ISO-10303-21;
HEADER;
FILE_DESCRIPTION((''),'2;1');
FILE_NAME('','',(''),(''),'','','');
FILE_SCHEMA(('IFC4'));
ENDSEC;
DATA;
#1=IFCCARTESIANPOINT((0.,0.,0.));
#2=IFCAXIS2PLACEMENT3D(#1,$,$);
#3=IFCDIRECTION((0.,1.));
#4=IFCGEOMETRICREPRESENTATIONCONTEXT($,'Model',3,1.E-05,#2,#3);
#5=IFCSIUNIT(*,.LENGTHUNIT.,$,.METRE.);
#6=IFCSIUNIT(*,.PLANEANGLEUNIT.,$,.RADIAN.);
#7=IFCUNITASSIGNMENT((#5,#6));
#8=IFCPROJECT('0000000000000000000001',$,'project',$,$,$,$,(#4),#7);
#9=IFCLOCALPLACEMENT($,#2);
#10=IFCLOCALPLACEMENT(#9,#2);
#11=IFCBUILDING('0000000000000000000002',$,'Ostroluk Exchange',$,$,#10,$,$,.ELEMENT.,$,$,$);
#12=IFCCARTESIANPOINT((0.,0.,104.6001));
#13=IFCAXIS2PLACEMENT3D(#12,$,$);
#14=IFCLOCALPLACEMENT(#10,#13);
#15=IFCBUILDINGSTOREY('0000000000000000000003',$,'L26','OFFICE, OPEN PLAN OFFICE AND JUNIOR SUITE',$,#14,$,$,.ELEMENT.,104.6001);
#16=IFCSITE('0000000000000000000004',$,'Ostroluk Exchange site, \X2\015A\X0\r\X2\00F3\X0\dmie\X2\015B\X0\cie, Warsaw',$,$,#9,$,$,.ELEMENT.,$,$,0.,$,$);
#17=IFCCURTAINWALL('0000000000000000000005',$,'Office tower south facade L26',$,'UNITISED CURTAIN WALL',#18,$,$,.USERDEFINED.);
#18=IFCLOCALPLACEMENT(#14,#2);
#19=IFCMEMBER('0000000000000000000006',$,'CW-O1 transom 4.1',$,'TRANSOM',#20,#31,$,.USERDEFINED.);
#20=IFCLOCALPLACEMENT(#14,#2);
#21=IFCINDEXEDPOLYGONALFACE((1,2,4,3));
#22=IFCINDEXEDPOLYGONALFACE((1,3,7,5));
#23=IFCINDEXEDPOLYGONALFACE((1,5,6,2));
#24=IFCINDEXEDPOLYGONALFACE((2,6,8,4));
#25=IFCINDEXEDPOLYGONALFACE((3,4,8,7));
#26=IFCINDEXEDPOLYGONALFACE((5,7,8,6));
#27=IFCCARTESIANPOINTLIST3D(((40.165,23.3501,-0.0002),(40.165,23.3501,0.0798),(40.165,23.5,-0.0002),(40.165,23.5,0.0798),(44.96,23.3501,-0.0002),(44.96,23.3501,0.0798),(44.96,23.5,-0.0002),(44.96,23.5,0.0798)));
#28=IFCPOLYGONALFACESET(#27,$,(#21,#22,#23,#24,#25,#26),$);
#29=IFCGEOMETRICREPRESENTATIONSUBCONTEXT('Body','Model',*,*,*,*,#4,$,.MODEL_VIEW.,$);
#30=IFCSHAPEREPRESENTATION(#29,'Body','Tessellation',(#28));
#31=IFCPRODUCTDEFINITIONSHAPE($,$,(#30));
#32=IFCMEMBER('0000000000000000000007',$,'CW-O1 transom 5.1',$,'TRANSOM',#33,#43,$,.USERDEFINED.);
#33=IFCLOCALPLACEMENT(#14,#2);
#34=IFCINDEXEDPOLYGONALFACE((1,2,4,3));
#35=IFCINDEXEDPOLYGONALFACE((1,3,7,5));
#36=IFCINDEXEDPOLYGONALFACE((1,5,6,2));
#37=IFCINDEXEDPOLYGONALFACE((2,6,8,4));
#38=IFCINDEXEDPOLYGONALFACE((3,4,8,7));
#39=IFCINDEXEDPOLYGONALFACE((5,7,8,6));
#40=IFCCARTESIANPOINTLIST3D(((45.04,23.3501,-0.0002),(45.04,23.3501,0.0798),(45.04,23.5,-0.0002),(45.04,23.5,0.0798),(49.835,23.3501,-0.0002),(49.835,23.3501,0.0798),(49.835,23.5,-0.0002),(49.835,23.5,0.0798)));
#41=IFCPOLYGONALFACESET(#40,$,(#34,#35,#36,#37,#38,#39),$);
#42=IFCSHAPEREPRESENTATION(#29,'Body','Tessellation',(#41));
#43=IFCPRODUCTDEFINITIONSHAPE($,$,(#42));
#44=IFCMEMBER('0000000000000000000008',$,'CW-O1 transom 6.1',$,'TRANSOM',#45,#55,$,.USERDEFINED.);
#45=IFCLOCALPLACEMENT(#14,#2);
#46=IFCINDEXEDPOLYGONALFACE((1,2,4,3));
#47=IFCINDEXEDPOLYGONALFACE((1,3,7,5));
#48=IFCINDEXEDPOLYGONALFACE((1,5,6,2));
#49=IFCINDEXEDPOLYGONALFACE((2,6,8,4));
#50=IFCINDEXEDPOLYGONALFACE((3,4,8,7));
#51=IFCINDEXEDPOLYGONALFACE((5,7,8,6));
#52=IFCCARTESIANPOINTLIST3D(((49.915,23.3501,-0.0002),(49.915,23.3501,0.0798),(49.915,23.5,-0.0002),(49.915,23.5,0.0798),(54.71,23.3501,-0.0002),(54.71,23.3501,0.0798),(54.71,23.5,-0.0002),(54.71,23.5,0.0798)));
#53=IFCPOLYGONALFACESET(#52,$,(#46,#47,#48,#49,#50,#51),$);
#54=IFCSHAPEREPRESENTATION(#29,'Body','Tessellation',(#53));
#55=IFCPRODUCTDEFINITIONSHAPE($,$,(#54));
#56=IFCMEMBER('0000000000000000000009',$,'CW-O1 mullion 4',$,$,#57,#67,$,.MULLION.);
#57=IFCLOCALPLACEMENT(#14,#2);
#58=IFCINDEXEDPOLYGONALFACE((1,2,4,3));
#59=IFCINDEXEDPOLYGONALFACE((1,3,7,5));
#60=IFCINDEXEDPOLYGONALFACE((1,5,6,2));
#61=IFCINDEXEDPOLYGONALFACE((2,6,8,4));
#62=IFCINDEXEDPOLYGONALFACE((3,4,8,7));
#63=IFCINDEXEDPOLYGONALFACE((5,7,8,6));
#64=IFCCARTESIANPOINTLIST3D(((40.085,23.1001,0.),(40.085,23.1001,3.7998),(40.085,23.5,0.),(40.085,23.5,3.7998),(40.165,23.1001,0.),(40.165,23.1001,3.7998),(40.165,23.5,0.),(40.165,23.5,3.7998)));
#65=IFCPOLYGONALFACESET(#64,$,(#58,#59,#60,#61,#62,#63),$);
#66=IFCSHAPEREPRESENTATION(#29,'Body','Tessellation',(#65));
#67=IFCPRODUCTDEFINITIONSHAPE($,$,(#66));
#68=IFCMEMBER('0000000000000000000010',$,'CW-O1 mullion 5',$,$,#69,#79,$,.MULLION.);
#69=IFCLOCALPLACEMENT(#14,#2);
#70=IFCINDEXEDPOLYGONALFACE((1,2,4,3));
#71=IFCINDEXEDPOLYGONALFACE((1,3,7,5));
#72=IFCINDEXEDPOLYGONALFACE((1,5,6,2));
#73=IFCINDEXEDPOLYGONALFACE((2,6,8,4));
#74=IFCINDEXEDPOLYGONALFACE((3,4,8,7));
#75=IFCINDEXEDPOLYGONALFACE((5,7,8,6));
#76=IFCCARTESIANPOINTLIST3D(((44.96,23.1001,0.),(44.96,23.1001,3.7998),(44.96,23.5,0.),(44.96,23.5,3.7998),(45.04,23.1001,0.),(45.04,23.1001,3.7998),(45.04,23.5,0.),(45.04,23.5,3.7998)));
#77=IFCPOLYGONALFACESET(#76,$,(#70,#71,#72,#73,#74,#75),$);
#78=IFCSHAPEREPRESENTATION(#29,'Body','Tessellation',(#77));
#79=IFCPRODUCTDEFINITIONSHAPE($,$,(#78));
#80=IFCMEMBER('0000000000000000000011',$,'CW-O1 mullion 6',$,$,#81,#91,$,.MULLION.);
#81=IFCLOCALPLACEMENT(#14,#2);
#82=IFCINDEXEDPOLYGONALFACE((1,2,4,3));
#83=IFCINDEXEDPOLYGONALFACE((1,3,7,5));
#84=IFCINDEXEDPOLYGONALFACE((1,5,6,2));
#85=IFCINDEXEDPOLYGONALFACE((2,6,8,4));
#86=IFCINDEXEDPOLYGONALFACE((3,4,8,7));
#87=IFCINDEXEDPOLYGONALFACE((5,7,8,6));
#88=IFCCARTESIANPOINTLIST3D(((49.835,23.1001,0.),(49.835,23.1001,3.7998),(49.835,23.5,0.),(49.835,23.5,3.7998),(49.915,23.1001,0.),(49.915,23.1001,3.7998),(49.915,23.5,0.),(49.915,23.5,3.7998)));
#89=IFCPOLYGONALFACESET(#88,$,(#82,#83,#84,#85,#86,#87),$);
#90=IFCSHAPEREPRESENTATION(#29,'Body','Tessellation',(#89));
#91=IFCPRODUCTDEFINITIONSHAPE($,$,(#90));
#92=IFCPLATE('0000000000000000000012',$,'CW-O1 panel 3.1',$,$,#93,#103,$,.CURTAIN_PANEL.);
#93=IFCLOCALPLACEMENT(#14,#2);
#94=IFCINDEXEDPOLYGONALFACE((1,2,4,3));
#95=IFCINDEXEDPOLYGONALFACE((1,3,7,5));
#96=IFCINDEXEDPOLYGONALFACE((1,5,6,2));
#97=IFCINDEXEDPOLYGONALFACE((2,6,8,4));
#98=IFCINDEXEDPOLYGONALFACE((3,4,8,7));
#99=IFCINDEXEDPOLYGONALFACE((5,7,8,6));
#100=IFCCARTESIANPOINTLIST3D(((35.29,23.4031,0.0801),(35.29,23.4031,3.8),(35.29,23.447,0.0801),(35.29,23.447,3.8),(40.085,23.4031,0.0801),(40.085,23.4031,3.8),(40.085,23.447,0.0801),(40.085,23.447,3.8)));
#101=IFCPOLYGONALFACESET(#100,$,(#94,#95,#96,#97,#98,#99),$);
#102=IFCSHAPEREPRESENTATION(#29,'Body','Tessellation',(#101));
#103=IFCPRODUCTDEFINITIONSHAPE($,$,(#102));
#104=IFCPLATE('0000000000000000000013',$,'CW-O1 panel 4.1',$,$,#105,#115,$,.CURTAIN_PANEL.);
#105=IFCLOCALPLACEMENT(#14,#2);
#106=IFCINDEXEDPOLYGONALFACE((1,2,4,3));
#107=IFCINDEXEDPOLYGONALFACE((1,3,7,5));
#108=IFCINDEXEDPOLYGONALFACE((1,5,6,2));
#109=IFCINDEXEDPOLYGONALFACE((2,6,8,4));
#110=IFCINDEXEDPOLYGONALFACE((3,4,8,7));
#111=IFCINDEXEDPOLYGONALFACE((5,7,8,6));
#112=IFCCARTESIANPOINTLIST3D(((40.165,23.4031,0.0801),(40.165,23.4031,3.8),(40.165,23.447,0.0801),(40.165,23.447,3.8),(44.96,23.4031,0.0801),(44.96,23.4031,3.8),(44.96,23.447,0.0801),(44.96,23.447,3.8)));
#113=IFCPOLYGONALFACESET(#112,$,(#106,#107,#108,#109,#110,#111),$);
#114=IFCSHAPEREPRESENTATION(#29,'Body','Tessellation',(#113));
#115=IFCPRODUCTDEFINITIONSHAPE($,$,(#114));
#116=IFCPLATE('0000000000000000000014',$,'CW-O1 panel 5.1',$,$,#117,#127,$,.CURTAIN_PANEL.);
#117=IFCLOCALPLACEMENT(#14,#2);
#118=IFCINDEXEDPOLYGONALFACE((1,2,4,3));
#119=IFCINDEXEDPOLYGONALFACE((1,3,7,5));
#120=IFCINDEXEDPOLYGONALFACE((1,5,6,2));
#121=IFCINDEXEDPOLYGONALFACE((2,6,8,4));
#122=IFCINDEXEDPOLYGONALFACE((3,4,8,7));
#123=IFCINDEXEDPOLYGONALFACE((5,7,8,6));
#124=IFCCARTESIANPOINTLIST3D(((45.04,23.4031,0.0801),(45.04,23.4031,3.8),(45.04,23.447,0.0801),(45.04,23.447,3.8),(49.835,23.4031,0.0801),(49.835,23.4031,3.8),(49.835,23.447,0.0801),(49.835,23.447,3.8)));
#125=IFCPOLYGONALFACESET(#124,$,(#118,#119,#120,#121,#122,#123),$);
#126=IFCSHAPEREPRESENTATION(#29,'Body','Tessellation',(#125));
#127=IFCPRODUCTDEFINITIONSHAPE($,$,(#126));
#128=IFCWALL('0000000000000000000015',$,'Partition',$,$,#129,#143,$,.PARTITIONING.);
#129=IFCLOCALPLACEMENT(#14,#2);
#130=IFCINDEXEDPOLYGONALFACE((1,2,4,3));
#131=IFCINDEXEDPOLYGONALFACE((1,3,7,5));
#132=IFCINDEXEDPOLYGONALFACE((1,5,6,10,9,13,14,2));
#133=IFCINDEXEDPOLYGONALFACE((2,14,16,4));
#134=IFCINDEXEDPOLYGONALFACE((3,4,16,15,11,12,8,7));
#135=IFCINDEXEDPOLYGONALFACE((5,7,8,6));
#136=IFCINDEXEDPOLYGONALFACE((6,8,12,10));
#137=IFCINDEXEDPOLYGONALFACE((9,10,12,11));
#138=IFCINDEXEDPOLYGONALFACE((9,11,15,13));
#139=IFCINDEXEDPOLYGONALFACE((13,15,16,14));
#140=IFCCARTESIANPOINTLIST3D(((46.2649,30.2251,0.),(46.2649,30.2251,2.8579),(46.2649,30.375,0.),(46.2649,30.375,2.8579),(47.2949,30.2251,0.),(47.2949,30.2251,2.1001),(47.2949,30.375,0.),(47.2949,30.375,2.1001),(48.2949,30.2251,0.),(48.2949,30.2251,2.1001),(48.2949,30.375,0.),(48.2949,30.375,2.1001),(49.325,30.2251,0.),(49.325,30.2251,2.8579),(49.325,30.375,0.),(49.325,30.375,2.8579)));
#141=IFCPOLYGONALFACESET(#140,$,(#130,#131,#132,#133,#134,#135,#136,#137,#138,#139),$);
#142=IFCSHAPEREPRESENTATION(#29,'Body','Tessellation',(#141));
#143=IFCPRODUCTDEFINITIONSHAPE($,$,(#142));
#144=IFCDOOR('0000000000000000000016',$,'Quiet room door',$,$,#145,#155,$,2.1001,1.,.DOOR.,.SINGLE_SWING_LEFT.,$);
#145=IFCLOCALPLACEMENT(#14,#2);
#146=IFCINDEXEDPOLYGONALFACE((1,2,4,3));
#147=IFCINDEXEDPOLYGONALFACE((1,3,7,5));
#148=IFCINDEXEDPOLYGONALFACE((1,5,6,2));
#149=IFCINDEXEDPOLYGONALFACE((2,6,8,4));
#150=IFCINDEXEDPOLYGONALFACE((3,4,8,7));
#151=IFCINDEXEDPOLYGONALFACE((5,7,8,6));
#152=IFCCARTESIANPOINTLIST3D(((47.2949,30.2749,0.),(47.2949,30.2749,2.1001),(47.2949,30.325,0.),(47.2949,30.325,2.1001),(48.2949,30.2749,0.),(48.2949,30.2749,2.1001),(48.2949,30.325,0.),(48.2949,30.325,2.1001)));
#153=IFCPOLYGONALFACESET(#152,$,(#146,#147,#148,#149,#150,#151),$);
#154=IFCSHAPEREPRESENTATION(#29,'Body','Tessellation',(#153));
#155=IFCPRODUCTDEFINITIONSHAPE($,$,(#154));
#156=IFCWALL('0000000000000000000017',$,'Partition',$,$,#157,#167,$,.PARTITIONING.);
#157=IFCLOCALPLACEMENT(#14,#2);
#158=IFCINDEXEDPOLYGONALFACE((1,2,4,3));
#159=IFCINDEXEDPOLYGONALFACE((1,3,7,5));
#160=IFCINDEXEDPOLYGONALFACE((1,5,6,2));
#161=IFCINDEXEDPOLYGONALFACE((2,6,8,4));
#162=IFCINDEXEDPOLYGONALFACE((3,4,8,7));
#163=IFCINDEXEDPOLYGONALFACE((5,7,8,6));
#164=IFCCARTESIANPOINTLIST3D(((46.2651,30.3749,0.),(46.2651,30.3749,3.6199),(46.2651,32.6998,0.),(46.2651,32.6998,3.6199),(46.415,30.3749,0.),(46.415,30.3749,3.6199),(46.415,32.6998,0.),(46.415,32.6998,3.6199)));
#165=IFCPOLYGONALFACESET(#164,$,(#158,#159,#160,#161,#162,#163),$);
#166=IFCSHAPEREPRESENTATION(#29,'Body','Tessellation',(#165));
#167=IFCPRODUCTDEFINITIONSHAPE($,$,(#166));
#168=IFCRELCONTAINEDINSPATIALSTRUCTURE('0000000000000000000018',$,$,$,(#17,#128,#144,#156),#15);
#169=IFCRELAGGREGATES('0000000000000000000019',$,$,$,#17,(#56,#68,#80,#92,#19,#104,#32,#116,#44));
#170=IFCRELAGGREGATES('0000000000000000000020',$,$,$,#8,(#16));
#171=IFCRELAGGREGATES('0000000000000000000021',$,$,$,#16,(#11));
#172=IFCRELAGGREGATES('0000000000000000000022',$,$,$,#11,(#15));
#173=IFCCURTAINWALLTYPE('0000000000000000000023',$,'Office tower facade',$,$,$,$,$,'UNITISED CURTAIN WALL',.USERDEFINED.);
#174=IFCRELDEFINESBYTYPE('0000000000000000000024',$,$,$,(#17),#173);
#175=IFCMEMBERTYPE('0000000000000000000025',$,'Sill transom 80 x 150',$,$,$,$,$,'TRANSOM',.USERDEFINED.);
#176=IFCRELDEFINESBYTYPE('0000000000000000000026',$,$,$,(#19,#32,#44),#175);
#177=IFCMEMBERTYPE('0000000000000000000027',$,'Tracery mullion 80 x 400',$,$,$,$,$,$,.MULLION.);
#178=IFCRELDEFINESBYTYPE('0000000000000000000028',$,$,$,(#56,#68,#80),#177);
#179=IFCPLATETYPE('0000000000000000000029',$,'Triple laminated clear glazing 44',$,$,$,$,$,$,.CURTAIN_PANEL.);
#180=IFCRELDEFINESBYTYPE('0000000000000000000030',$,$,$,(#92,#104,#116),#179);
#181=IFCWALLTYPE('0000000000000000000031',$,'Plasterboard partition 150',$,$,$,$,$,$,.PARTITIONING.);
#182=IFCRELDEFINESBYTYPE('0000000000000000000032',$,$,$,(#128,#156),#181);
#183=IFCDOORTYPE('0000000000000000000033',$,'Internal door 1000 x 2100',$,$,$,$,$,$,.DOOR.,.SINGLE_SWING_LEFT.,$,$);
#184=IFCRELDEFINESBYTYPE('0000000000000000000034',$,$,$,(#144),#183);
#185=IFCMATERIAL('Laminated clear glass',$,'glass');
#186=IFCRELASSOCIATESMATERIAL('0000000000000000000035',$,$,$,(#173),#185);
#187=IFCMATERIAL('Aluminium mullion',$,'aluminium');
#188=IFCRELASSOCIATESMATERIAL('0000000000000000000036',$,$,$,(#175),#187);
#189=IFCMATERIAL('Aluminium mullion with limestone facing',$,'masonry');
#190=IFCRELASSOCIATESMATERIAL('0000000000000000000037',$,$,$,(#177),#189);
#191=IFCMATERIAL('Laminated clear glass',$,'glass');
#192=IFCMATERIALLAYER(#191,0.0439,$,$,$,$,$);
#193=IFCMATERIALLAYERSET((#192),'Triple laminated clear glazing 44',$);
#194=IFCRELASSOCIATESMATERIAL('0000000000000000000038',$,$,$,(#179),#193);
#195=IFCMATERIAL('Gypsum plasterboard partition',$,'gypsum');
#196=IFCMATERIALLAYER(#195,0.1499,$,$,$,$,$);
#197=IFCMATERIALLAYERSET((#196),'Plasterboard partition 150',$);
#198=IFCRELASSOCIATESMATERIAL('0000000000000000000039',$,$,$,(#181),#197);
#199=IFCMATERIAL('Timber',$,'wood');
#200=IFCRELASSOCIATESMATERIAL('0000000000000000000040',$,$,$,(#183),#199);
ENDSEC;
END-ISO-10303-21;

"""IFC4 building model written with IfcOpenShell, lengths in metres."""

from ifc_helpers import new_model, si_unit, direction, frame, frame_2d, origin, origin_2d, place, context, subcontext, project, spatial, rectangle, extrude, material, layer, layer_set, material_profile, profile_set, type_object, element, fill, aggregate, save


model = new_model("IFC4")

# Units and contexts
model_context = context("Model", 3, precision=1e-05, world=origin(), true_north=direction((0.0, 1.0)))
body_context = subcontext(model_context, "Body", "Model", "MODEL_VIEW")
ifc_project = project(units=[si_unit("LENGTHUNIT", "METRE"), si_unit("PLANEANGLEUNIT", "RADIAN")], contexts=[model_context])

# Site, building, storey
site_placement = place(None, origin())
site = spatial("IfcSite", under=ifc_project, at=site_placement, Name="Ostroluk Exchange site, Śródmieście, Warsaw", CompositionType="ELEMENT", RefElevation=0.0)
building_placement = place(site_placement, origin())
building = spatial("IfcBuilding", under=site, at=building_placement, Name="Ostroluk Exchange", CompositionType="ELEMENT")
storey_placement = place(building_placement, frame((0.0, 0.0, 104.6001)))
storey = spatial("IfcBuildingStorey", under=building, at=storey_placement, Name="L26", Description="OFFICE, OPEN PLAN OFFICE AND JUNIOR SUITE", CompositionType="ELEMENT", Elevation=104.6001)

# Curtain wall, members, plates
ifc_material_1 = material(Name="Laminated clear glass", Category="glass")
curtain_wall_type = type_object("IfcCurtainWallType", Name="Office tower facade", ElementType="UNITISED CURTAIN WALL", PredefinedType="USERDEFINED", material=ifc_material_1)
curtain_wall_placement = place(storey_placement, origin())
curtain_wall = element("IfcCurtainWall", 1, at=curtain_wall_placement, inside=storey, type_object=curtain_wall_type, Name="Office tower south facade L26", ObjectType="UNITISED CURTAIN WALL", PredefinedType="USERDEFINED")
ifc_material_2 = material(Name="Aluminium mullion", Category="aluminium")
ifc_material_profile_1 = material_profile(ifc_material_2, rectangle(XDim=0.1499, YDim=0.0801, at=origin_2d()), Name="Sill transom 80 x 150")
ifc_profile_set_1 = profile_set([ifc_material_profile_1], Name="Aluminium mullion")
member_type_1 = type_object("IfcMemberType", Name="Sill transom 80 x 150", ElementType="TRANSOM", PredefinedType="USERDEFINED", material=ifc_profile_set_1)
member_1_placement = place(storey_placement, frame((40.165, 23.425, 0.0398), z_axis=(1.0, 0.0, 0.0), x_axis=(0.0, 1.0, 0.0)))
member_1 = element("IfcMember", 2, at=member_1_placement, type_object=member_type_1, Name="CW-O1 transom 4.1", ObjectType="TRANSOM", PredefinedType="USERDEFINED", context=body_context, shape_type="SweptSolid", body=[
    extrude(rectangle(XDim=0.1499, YDim=0.0801, at=origin_2d()), origin(), (0.0, 0.0, 1.0), 4.7949),
])
member_2_placement = place(storey_placement, frame((45.04, 23.425, 0.0398), z_axis=(1.0, 0.0, 0.0), x_axis=(0.0, 1.0, 0.0)))
member_2 = element("IfcMember", 3, at=member_2_placement, type_object=member_type_1, Name="CW-O1 transom 5.1", ObjectType="TRANSOM", PredefinedType="USERDEFINED", context=body_context, shape_type="SweptSolid", body=[
    extrude(rectangle(XDim=0.1499, YDim=0.0801, at=origin_2d()), origin(), (0.0, 0.0, 1.0), 4.7949),
])
member_3_placement = place(storey_placement, frame((49.915, 23.425, 0.0398), z_axis=(1.0, 0.0, 0.0), x_axis=(0.0, 1.0, 0.0)))
member_3 = element("IfcMember", 4, at=member_3_placement, type_object=member_type_1, Name="CW-O1 transom 6.1", ObjectType="TRANSOM", PredefinedType="USERDEFINED", context=body_context, shape_type="SweptSolid", body=[
    extrude(rectangle(XDim=0.1499, YDim=0.0801, at=origin_2d()), origin(), (0.0, 0.0, 1.0), 4.7949),
])
ifc_material_3 = material(Name="Aluminium mullion with limestone facing", Category="masonry")
ifc_material_profile_2 = material_profile(ifc_material_3, rectangle(XDim=0.3999, YDim=0.0801, at=origin_2d()), Name="Tracery mullion 80 x 400")
ifc_profile_set_2 = profile_set([ifc_material_profile_2], Name="Aluminium mullion with limestone facing")
member_type_2 = type_object("IfcMemberType", Name="Tracery mullion 80 x 400", PredefinedType="MULLION", material=ifc_profile_set_2)
member_4_placement = place(storey_placement, frame((40.125, 23.3, 0.0), z_axis=(0.0, 0.0, 1.0), x_axis=(0.0, 1.0, 0.0)))
member_4 = element("IfcMember", 5, at=member_4_placement, type_object=member_type_2, Name="CW-O1 mullion 4", PredefinedType="MULLION", context=body_context, shape_type="SweptSolid", body=[
    extrude(rectangle(XDim=0.3999, YDim=0.0801, at=origin_2d()), origin(), (0.0, 0.0, 1.0), 3.7998),
])
member_5_placement = place(storey_placement, frame((45.0, 23.3, 0.0), z_axis=(0.0, 0.0, 1.0), x_axis=(0.0, 1.0, 0.0)))
member_5 = element("IfcMember", 6, at=member_5_placement, type_object=member_type_2, Name="CW-O1 mullion 5", PredefinedType="MULLION", context=body_context, shape_type="SweptSolid", body=[
    extrude(rectangle(XDim=0.3999, YDim=0.0801, at=origin_2d()), origin(), (0.0, 0.0, 1.0), 3.7998),
])
member_6_placement = place(storey_placement, frame((49.875, 23.3, 0.0), z_axis=(0.0, 0.0, 1.0), x_axis=(0.0, 1.0, 0.0)))
member_6 = element("IfcMember", 7, at=member_6_placement, type_object=member_type_2, Name="CW-O1 mullion 6", PredefinedType="MULLION", context=body_context, shape_type="SweptSolid", body=[
    extrude(rectangle(XDim=0.3999, YDim=0.0801, at=origin_2d()), origin(), (0.0, 0.0, 1.0), 3.7998),
])
ifc_material_4 = material(Name="Laminated clear glass", Category="glass")
ifc_layer_1 = layer(ifc_material_4, 0.0439)
ifc_layer_set_1 = layer_set([ifc_layer_1], Name="Triple laminated clear glazing 44")
plate_type = type_object("IfcPlateType", Name="Triple laminated clear glazing 44", PredefinedType="CURTAIN_PANEL", material=ifc_layer_set_1)
plate_1_placement = place(storey_placement, frame((37.6875, 23.425, 0.0801), z_axis=(0.0, 0.0, 1.0), x_axis=(1.0, 0.0, 0.0)))
plate_1 = element("IfcPlate", 8, at=plate_1_placement, type_object=plate_type, Name="CW-O1 panel 3.1", PredefinedType="CURTAIN_PANEL", context=body_context, shape_type="SweptSolid", body=[
    extrude(rectangle(XDim=4.7949, YDim=0.0439, at=origin_2d()), origin(), (0.0, 0.0, 1.0), 3.72),
])
plate_2_placement = place(storey_placement, frame((42.5625, 23.425, 0.0801), z_axis=(0.0, 0.0, 1.0), x_axis=(1.0, 0.0, 0.0)))
plate_2 = element("IfcPlate", 9, at=plate_2_placement, type_object=plate_type, Name="CW-O1 panel 4.1", PredefinedType="CURTAIN_PANEL", context=body_context, shape_type="SweptSolid", body=[
    extrude(rectangle(XDim=4.7949, YDim=0.0439, at=origin_2d()), origin(), (0.0, 0.0, 1.0), 3.72),
])
plate_3_placement = place(storey_placement, frame((47.4375, 23.425, 0.0801), z_axis=(0.0, 0.0, 1.0), x_axis=(1.0, 0.0, 0.0)))
plate_3 = element("IfcPlate", 10, at=plate_3_placement, type_object=plate_type, Name="CW-O1 panel 5.1", PredefinedType="CURTAIN_PANEL", context=body_context, shape_type="SweptSolid", body=[
    extrude(rectangle(XDim=4.7949, YDim=0.0439, at=origin_2d()), origin(), (0.0, 0.0, 1.0), 3.72),
])
aggregate(curtain_wall, [member_4, member_5, member_6, plate_1, member_1, plate_2, member_2, plate_3, member_3])

# Wall, opening, door
ifc_material_5 = material(Name="Gypsum plasterboard partition", Category="gypsum")
ifc_layer_2 = layer(ifc_material_5, 0.1499)
ifc_layer_set_2 = layer_set([ifc_layer_2], Name="Plasterboard partition 150")
wall_type = type_object("IfcWallType", Name="Plasterboard partition 150", PredefinedType="PARTITIONING", material=ifc_layer_set_2)
wall_1_placement = place(storey_placement, frame((46.2649, 30.3, 0.0), z_axis=(0.0, 0.0, 1.0), x_axis=(1.0, 0.0, 0.0)))
wall_1 = element("IfcWall", 11, at=wall_1_placement, inside=storey, type_object=wall_type, Name="Partition", PredefinedType="PARTITIONING", context=body_context, shape_type="SweptSolid", body=[
    extrude(rectangle(XDim=3.0601, YDim=0.1499, at=frame_2d((1.53, 0.0))), origin(), (0.0, 0.0, 1.0), 2.8579),
])
opening_placement = place(wall_1_placement, frame((1.03, 0.0, 0.0)))
opening = element("IfcOpeningElement", 12, at=opening_placement, cuts=wall_1, PredefinedType="OPENING", context=body_context, shape_type="SweptSolid", body=[
    extrude(rectangle(XDim=1.0, YDim=2.1001, at=frame_2d((0.5, 1.05))), frame((0.0, 0.085, 0.0), z_axis=(0.0, -1.0, 0.0), x_axis=(1.0, 0.0, 0.0)), (0.0, 0.0, 1.0), 0.1699),
])
ifc_material_6 = material(Name="Timber", Category="wood")
door_type = type_object("IfcDoorType", Name="Internal door 1000 x 2100", OperationType="SINGLE_SWING_LEFT", PredefinedType="DOOR", material=ifc_material_6)
door_placement = place(opening_placement, origin())
door = element("IfcDoor", 13, at=door_placement, inside=storey, type_object=door_type, Name="Quiet room door", OperationType="SINGLE_SWING_LEFT", OverallHeight=2.1001, OverallWidth=1.0, PredefinedType="DOOR", context=body_context, shape_type="SweptSolid", body=[
    extrude(rectangle(XDim=1.0, YDim=2.1001, at=frame_2d((0.5, 1.05))), frame((0.0, 0.0249, 0.0), z_axis=(0.0, -1.0, 0.0), x_axis=(1.0, 0.0, 0.0)), (0.0, 0.0, 1.0), 0.05),
])
fill(opening, door)

# Wall
wall_2_placement = place(storey_placement, frame((46.3401, 32.7, 0.0), z_axis=(0.0, 0.0, 1.0), x_axis=(0.0, -1.0, 0.0)))
element("IfcWall", 14, at=wall_2_placement, inside=storey, type_object=wall_type, Name="Partition", PredefinedType="PARTITIONING", context=body_context, shape_type="SweptSolid", body=[
    extrude(rectangle(XDim=2.325, YDim=0.1499, at=frame_2d((1.1626, 0.0))), origin(), (0.0, 0.0, 1.0), 3.6199),
])

save(model, "model.ifc")
